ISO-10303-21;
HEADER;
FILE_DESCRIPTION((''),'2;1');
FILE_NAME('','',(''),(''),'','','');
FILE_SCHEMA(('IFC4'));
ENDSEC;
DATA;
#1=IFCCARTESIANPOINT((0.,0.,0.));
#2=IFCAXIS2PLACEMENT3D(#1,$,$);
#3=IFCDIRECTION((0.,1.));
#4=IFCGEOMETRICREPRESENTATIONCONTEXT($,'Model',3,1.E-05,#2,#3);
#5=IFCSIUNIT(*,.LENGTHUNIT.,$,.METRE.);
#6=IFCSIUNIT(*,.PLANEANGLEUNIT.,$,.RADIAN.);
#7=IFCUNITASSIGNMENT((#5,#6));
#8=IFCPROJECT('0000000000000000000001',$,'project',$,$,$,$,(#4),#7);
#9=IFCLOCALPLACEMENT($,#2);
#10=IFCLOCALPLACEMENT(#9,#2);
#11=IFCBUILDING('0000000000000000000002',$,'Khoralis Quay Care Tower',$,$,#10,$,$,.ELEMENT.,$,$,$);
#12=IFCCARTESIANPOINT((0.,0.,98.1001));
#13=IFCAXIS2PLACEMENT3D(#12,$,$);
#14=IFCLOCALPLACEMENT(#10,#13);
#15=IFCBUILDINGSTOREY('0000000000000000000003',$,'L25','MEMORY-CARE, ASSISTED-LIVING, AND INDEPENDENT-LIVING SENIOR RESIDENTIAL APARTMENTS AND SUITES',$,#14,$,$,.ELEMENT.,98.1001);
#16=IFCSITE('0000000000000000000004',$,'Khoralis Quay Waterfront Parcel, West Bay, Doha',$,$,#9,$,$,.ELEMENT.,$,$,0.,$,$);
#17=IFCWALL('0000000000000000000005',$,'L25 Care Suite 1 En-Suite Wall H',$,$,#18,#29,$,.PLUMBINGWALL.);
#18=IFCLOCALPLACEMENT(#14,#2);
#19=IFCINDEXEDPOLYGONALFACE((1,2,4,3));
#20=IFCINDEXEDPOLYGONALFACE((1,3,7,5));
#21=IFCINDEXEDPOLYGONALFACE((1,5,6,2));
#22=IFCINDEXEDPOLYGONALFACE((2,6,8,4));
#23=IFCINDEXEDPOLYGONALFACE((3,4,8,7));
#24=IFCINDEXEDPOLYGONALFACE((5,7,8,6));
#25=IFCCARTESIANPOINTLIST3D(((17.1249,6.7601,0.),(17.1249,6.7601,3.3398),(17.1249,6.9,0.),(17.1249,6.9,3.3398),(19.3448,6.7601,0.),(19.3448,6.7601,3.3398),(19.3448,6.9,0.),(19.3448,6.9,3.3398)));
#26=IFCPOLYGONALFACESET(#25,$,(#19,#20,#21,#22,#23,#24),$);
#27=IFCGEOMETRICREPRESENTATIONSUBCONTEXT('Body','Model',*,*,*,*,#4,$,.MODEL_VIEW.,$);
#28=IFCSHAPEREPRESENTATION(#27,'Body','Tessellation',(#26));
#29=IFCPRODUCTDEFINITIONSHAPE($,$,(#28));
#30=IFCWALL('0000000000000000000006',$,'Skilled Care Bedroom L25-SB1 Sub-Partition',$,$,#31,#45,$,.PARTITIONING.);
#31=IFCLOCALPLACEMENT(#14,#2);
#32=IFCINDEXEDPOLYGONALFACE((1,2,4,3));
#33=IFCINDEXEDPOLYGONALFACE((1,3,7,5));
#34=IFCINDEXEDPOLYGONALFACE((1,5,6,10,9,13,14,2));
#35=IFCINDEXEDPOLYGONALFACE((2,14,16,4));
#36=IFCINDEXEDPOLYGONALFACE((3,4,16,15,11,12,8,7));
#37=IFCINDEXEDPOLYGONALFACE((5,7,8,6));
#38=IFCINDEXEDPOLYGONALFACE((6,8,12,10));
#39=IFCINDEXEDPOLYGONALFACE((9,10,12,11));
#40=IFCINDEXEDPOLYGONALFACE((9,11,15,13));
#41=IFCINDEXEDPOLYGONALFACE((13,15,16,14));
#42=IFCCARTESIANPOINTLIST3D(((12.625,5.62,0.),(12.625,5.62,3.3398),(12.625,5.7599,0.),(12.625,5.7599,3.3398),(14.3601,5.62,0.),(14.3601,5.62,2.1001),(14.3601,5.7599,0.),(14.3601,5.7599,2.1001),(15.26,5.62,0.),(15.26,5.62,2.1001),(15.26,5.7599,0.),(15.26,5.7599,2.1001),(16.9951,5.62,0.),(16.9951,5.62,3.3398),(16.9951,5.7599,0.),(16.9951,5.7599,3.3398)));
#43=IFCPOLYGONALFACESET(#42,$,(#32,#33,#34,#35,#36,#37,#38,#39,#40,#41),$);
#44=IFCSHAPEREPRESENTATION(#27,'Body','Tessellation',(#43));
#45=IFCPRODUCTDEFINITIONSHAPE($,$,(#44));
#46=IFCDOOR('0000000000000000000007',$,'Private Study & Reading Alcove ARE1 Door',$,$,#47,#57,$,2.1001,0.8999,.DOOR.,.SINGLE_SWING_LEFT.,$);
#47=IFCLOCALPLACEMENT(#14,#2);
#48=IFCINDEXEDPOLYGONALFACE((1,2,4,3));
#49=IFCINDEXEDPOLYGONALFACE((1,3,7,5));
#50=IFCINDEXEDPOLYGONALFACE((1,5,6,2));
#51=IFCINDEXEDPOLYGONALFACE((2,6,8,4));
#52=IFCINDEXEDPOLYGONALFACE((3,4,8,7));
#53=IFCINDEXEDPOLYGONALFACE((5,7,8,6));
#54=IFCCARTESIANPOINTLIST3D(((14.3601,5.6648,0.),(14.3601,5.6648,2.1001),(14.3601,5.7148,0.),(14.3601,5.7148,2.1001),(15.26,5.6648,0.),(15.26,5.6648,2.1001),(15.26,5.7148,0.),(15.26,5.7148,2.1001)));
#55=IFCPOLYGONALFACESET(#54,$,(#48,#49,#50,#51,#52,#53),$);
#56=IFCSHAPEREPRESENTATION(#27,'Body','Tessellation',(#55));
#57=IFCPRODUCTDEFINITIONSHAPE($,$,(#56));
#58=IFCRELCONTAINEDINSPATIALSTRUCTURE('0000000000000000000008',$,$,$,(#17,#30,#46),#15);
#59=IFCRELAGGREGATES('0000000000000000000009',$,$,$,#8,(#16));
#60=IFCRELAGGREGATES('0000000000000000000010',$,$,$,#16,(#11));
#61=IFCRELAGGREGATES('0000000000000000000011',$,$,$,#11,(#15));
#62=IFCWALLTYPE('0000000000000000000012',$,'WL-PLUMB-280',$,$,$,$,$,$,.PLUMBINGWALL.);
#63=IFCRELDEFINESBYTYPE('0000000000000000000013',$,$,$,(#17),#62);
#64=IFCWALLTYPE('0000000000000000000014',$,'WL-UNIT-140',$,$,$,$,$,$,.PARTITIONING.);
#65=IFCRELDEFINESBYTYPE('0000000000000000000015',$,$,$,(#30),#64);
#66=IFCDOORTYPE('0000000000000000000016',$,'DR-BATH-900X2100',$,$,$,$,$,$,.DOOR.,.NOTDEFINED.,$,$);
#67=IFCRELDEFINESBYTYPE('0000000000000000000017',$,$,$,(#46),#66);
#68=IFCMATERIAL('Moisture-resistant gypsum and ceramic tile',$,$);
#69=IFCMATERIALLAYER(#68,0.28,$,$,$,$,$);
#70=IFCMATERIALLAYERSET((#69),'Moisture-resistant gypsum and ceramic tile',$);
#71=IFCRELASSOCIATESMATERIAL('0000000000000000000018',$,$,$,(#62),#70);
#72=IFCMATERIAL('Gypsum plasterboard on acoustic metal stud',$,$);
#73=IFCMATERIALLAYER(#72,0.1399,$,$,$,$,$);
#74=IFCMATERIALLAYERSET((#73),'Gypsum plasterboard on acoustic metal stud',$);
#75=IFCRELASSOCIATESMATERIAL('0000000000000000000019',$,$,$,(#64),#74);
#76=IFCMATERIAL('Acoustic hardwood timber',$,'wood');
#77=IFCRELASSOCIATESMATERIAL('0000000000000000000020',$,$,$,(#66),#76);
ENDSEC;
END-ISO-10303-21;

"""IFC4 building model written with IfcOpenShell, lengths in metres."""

from ifc_helpers import new_model, si_unit, direction, frame, frame_2d, origin, place, context, subcontext, project, spatial, rectangle, extrude, source, transform, mapped, material, layer, layer_set, type_object, element, fill, save


model = new_model("IFC4")

# Units and contexts
model_context = context("Model", 3, precision=1e-05, world=origin(), true_north=direction((0.0, 1.0)))
body_context = subcontext(model_context, "Body", "Model", "MODEL_VIEW")
ifc_project = project(units=[si_unit("LENGTHUNIT", "METRE"), si_unit("PLANEANGLEUNIT", "RADIAN")], contexts=[model_context])

# Site, building, storey
site_placement = place(None, origin())
site = spatial("IfcSite", under=ifc_project, at=site_placement, Name="Khoralis Quay Waterfront Parcel, West Bay, Doha", CompositionType="ELEMENT", RefElevation=0.0)
building_placement = place(site_placement, origin())
building = spatial("IfcBuilding", under=site, at=building_placement, Name="Khoralis Quay Care Tower", CompositionType="ELEMENT")
storey_placement = place(building_placement, frame((0.0, 0.0, 98.1001)))
storey = spatial("IfcBuildingStorey", under=building, at=storey_placement, Name="L25", Description="MEMORY-CARE, ASSISTED-LIVING, AND INDEPENDENT-LIVING SENIOR RESIDENTIAL APARTMENTS AND SUITES", CompositionType="ELEMENT", Elevation=98.1001)

# Shared definitions
ifc_material_1 = material(Name="Gypsum plasterboard on acoustic metal stud")

# Shared definitions
ifc_material_2 = material(Name="Acoustic hardwood timber", Category="wood")

# Wall
ifc_material_3 = material(Name="Moisture-resistant gypsum and ceramic tile")
ifc_layer_1 = layer(ifc_material_3, 0.28)
ifc_layer_set_1 = layer_set([ifc_layer_1], Name="Moisture-resistant gypsum and ceramic tile")
wall_type_1 = type_object("IfcWallType", Name="WL-PLUMB-280", PredefinedType="PLUMBINGWALL", material=ifc_layer_set_1)
wall_1_placement = place(storey_placement, frame((17.125, 6.8301, 0.0), z_axis=(0.0, 0.0, 1.0), x_axis=(1.0, 0.0, 0.0)))
element("IfcWall", 1, at=wall_1_placement, inside=storey, type_object=wall_type_1, Name="L25 Care Suite 1 En-Suite Wall H", PredefinedType="PLUMBINGWALL", context=body_context, shape_type="SweptSolid", body=[
    extrude(rectangle(XDim=2.22, YDim=0.1399, at=frame_2d((1.1099, 0.0))), origin(), (0.0, 0.0, 1.0), 3.3398),
])

# Wall, opening, door
ifc_layer_2 = layer(ifc_material_1, 0.1399)
ifc_layer_set_2 = layer_set([ifc_layer_2], Name="Gypsum plasterboard on acoustic metal stud")
wall_type_2 = type_object("IfcWallType", Name="WL-UNIT-140", PredefinedType="PARTITIONING", material=ifc_layer_set_2)
wall_2_placement = place(storey_placement, frame((12.625, 5.6899, 0.0), z_axis=(0.0, 0.0, 1.0), x_axis=(1.0, 0.0, 0.0)))
wall_2 = element("IfcWall", 2, at=wall_2_placement, inside=storey, type_object=wall_type_2, Name="Skilled Care Bedroom L25-SB1 Sub-Partition", PredefinedType="PARTITIONING", context=body_context, shape_type="SweptSolid", body=[
    extrude(rectangle(XDim=4.3701, YDim=0.1399, at=frame_2d((2.1851, 0.0))), origin(), (0.0, 0.0, 1.0), 3.3398),
])
opening_1_placement = place(wall_2_placement, frame((1.7351, 0.0, 0.0)))
opening_1 = element("IfcOpeningElement", 3, at=opening_1_placement, cuts=wall_2, PredefinedType="OPENING", context=body_context, shape_type="SweptSolid", body=[
    extrude(rectangle(XDim=0.8999, YDim=2.1001, at=frame_2d((0.45, 1.05))), frame((0.0, 0.0801, 0.0), z_axis=(0.0, -1.0, 0.0), x_axis=(1.0, 0.0, 0.0)), (0.0, 0.0, 1.0), 0.1599),
])
door_type_1 = type_object("IfcDoorType", Name="DR-BATH-900X2100", OperationType="NOTDEFINED", PredefinedType="DOOR", material=ifc_material_2)
shared_shape_1 = source(origin(), body_context, "Body", "SweptSolid", [
    extrude(rectangle(XDim=0.8999, YDim=2.1001, at=frame_2d((0.45, 1.05))), frame((0.0, 0.0249, 0.0), z_axis=(0.0, -1.0, 0.0), x_axis=(1.0, 0.0, 0.0)), (0.0, 0.0, 1.0), 0.05),
])
door_1_placement = place(opening_1_placement, origin())
door_1 = element("IfcDoor", 4, at=door_1_placement, inside=storey, type_object=door_type_1, Name="Private Study & Reading Alcove ARE1 Door", OperationType="SINGLE_SWING_LEFT", OverallHeight=2.1001, OverallWidth=0.8999, PredefinedType="DOOR", context=body_context, shape_type="MappedRepresentation", body=[
    mapped(shared_shape_1, transform((0.0, 0.0, 0.0), scale=1.0)),
])
fill(opening_1, door_1)

save(model, "model.ifc")
